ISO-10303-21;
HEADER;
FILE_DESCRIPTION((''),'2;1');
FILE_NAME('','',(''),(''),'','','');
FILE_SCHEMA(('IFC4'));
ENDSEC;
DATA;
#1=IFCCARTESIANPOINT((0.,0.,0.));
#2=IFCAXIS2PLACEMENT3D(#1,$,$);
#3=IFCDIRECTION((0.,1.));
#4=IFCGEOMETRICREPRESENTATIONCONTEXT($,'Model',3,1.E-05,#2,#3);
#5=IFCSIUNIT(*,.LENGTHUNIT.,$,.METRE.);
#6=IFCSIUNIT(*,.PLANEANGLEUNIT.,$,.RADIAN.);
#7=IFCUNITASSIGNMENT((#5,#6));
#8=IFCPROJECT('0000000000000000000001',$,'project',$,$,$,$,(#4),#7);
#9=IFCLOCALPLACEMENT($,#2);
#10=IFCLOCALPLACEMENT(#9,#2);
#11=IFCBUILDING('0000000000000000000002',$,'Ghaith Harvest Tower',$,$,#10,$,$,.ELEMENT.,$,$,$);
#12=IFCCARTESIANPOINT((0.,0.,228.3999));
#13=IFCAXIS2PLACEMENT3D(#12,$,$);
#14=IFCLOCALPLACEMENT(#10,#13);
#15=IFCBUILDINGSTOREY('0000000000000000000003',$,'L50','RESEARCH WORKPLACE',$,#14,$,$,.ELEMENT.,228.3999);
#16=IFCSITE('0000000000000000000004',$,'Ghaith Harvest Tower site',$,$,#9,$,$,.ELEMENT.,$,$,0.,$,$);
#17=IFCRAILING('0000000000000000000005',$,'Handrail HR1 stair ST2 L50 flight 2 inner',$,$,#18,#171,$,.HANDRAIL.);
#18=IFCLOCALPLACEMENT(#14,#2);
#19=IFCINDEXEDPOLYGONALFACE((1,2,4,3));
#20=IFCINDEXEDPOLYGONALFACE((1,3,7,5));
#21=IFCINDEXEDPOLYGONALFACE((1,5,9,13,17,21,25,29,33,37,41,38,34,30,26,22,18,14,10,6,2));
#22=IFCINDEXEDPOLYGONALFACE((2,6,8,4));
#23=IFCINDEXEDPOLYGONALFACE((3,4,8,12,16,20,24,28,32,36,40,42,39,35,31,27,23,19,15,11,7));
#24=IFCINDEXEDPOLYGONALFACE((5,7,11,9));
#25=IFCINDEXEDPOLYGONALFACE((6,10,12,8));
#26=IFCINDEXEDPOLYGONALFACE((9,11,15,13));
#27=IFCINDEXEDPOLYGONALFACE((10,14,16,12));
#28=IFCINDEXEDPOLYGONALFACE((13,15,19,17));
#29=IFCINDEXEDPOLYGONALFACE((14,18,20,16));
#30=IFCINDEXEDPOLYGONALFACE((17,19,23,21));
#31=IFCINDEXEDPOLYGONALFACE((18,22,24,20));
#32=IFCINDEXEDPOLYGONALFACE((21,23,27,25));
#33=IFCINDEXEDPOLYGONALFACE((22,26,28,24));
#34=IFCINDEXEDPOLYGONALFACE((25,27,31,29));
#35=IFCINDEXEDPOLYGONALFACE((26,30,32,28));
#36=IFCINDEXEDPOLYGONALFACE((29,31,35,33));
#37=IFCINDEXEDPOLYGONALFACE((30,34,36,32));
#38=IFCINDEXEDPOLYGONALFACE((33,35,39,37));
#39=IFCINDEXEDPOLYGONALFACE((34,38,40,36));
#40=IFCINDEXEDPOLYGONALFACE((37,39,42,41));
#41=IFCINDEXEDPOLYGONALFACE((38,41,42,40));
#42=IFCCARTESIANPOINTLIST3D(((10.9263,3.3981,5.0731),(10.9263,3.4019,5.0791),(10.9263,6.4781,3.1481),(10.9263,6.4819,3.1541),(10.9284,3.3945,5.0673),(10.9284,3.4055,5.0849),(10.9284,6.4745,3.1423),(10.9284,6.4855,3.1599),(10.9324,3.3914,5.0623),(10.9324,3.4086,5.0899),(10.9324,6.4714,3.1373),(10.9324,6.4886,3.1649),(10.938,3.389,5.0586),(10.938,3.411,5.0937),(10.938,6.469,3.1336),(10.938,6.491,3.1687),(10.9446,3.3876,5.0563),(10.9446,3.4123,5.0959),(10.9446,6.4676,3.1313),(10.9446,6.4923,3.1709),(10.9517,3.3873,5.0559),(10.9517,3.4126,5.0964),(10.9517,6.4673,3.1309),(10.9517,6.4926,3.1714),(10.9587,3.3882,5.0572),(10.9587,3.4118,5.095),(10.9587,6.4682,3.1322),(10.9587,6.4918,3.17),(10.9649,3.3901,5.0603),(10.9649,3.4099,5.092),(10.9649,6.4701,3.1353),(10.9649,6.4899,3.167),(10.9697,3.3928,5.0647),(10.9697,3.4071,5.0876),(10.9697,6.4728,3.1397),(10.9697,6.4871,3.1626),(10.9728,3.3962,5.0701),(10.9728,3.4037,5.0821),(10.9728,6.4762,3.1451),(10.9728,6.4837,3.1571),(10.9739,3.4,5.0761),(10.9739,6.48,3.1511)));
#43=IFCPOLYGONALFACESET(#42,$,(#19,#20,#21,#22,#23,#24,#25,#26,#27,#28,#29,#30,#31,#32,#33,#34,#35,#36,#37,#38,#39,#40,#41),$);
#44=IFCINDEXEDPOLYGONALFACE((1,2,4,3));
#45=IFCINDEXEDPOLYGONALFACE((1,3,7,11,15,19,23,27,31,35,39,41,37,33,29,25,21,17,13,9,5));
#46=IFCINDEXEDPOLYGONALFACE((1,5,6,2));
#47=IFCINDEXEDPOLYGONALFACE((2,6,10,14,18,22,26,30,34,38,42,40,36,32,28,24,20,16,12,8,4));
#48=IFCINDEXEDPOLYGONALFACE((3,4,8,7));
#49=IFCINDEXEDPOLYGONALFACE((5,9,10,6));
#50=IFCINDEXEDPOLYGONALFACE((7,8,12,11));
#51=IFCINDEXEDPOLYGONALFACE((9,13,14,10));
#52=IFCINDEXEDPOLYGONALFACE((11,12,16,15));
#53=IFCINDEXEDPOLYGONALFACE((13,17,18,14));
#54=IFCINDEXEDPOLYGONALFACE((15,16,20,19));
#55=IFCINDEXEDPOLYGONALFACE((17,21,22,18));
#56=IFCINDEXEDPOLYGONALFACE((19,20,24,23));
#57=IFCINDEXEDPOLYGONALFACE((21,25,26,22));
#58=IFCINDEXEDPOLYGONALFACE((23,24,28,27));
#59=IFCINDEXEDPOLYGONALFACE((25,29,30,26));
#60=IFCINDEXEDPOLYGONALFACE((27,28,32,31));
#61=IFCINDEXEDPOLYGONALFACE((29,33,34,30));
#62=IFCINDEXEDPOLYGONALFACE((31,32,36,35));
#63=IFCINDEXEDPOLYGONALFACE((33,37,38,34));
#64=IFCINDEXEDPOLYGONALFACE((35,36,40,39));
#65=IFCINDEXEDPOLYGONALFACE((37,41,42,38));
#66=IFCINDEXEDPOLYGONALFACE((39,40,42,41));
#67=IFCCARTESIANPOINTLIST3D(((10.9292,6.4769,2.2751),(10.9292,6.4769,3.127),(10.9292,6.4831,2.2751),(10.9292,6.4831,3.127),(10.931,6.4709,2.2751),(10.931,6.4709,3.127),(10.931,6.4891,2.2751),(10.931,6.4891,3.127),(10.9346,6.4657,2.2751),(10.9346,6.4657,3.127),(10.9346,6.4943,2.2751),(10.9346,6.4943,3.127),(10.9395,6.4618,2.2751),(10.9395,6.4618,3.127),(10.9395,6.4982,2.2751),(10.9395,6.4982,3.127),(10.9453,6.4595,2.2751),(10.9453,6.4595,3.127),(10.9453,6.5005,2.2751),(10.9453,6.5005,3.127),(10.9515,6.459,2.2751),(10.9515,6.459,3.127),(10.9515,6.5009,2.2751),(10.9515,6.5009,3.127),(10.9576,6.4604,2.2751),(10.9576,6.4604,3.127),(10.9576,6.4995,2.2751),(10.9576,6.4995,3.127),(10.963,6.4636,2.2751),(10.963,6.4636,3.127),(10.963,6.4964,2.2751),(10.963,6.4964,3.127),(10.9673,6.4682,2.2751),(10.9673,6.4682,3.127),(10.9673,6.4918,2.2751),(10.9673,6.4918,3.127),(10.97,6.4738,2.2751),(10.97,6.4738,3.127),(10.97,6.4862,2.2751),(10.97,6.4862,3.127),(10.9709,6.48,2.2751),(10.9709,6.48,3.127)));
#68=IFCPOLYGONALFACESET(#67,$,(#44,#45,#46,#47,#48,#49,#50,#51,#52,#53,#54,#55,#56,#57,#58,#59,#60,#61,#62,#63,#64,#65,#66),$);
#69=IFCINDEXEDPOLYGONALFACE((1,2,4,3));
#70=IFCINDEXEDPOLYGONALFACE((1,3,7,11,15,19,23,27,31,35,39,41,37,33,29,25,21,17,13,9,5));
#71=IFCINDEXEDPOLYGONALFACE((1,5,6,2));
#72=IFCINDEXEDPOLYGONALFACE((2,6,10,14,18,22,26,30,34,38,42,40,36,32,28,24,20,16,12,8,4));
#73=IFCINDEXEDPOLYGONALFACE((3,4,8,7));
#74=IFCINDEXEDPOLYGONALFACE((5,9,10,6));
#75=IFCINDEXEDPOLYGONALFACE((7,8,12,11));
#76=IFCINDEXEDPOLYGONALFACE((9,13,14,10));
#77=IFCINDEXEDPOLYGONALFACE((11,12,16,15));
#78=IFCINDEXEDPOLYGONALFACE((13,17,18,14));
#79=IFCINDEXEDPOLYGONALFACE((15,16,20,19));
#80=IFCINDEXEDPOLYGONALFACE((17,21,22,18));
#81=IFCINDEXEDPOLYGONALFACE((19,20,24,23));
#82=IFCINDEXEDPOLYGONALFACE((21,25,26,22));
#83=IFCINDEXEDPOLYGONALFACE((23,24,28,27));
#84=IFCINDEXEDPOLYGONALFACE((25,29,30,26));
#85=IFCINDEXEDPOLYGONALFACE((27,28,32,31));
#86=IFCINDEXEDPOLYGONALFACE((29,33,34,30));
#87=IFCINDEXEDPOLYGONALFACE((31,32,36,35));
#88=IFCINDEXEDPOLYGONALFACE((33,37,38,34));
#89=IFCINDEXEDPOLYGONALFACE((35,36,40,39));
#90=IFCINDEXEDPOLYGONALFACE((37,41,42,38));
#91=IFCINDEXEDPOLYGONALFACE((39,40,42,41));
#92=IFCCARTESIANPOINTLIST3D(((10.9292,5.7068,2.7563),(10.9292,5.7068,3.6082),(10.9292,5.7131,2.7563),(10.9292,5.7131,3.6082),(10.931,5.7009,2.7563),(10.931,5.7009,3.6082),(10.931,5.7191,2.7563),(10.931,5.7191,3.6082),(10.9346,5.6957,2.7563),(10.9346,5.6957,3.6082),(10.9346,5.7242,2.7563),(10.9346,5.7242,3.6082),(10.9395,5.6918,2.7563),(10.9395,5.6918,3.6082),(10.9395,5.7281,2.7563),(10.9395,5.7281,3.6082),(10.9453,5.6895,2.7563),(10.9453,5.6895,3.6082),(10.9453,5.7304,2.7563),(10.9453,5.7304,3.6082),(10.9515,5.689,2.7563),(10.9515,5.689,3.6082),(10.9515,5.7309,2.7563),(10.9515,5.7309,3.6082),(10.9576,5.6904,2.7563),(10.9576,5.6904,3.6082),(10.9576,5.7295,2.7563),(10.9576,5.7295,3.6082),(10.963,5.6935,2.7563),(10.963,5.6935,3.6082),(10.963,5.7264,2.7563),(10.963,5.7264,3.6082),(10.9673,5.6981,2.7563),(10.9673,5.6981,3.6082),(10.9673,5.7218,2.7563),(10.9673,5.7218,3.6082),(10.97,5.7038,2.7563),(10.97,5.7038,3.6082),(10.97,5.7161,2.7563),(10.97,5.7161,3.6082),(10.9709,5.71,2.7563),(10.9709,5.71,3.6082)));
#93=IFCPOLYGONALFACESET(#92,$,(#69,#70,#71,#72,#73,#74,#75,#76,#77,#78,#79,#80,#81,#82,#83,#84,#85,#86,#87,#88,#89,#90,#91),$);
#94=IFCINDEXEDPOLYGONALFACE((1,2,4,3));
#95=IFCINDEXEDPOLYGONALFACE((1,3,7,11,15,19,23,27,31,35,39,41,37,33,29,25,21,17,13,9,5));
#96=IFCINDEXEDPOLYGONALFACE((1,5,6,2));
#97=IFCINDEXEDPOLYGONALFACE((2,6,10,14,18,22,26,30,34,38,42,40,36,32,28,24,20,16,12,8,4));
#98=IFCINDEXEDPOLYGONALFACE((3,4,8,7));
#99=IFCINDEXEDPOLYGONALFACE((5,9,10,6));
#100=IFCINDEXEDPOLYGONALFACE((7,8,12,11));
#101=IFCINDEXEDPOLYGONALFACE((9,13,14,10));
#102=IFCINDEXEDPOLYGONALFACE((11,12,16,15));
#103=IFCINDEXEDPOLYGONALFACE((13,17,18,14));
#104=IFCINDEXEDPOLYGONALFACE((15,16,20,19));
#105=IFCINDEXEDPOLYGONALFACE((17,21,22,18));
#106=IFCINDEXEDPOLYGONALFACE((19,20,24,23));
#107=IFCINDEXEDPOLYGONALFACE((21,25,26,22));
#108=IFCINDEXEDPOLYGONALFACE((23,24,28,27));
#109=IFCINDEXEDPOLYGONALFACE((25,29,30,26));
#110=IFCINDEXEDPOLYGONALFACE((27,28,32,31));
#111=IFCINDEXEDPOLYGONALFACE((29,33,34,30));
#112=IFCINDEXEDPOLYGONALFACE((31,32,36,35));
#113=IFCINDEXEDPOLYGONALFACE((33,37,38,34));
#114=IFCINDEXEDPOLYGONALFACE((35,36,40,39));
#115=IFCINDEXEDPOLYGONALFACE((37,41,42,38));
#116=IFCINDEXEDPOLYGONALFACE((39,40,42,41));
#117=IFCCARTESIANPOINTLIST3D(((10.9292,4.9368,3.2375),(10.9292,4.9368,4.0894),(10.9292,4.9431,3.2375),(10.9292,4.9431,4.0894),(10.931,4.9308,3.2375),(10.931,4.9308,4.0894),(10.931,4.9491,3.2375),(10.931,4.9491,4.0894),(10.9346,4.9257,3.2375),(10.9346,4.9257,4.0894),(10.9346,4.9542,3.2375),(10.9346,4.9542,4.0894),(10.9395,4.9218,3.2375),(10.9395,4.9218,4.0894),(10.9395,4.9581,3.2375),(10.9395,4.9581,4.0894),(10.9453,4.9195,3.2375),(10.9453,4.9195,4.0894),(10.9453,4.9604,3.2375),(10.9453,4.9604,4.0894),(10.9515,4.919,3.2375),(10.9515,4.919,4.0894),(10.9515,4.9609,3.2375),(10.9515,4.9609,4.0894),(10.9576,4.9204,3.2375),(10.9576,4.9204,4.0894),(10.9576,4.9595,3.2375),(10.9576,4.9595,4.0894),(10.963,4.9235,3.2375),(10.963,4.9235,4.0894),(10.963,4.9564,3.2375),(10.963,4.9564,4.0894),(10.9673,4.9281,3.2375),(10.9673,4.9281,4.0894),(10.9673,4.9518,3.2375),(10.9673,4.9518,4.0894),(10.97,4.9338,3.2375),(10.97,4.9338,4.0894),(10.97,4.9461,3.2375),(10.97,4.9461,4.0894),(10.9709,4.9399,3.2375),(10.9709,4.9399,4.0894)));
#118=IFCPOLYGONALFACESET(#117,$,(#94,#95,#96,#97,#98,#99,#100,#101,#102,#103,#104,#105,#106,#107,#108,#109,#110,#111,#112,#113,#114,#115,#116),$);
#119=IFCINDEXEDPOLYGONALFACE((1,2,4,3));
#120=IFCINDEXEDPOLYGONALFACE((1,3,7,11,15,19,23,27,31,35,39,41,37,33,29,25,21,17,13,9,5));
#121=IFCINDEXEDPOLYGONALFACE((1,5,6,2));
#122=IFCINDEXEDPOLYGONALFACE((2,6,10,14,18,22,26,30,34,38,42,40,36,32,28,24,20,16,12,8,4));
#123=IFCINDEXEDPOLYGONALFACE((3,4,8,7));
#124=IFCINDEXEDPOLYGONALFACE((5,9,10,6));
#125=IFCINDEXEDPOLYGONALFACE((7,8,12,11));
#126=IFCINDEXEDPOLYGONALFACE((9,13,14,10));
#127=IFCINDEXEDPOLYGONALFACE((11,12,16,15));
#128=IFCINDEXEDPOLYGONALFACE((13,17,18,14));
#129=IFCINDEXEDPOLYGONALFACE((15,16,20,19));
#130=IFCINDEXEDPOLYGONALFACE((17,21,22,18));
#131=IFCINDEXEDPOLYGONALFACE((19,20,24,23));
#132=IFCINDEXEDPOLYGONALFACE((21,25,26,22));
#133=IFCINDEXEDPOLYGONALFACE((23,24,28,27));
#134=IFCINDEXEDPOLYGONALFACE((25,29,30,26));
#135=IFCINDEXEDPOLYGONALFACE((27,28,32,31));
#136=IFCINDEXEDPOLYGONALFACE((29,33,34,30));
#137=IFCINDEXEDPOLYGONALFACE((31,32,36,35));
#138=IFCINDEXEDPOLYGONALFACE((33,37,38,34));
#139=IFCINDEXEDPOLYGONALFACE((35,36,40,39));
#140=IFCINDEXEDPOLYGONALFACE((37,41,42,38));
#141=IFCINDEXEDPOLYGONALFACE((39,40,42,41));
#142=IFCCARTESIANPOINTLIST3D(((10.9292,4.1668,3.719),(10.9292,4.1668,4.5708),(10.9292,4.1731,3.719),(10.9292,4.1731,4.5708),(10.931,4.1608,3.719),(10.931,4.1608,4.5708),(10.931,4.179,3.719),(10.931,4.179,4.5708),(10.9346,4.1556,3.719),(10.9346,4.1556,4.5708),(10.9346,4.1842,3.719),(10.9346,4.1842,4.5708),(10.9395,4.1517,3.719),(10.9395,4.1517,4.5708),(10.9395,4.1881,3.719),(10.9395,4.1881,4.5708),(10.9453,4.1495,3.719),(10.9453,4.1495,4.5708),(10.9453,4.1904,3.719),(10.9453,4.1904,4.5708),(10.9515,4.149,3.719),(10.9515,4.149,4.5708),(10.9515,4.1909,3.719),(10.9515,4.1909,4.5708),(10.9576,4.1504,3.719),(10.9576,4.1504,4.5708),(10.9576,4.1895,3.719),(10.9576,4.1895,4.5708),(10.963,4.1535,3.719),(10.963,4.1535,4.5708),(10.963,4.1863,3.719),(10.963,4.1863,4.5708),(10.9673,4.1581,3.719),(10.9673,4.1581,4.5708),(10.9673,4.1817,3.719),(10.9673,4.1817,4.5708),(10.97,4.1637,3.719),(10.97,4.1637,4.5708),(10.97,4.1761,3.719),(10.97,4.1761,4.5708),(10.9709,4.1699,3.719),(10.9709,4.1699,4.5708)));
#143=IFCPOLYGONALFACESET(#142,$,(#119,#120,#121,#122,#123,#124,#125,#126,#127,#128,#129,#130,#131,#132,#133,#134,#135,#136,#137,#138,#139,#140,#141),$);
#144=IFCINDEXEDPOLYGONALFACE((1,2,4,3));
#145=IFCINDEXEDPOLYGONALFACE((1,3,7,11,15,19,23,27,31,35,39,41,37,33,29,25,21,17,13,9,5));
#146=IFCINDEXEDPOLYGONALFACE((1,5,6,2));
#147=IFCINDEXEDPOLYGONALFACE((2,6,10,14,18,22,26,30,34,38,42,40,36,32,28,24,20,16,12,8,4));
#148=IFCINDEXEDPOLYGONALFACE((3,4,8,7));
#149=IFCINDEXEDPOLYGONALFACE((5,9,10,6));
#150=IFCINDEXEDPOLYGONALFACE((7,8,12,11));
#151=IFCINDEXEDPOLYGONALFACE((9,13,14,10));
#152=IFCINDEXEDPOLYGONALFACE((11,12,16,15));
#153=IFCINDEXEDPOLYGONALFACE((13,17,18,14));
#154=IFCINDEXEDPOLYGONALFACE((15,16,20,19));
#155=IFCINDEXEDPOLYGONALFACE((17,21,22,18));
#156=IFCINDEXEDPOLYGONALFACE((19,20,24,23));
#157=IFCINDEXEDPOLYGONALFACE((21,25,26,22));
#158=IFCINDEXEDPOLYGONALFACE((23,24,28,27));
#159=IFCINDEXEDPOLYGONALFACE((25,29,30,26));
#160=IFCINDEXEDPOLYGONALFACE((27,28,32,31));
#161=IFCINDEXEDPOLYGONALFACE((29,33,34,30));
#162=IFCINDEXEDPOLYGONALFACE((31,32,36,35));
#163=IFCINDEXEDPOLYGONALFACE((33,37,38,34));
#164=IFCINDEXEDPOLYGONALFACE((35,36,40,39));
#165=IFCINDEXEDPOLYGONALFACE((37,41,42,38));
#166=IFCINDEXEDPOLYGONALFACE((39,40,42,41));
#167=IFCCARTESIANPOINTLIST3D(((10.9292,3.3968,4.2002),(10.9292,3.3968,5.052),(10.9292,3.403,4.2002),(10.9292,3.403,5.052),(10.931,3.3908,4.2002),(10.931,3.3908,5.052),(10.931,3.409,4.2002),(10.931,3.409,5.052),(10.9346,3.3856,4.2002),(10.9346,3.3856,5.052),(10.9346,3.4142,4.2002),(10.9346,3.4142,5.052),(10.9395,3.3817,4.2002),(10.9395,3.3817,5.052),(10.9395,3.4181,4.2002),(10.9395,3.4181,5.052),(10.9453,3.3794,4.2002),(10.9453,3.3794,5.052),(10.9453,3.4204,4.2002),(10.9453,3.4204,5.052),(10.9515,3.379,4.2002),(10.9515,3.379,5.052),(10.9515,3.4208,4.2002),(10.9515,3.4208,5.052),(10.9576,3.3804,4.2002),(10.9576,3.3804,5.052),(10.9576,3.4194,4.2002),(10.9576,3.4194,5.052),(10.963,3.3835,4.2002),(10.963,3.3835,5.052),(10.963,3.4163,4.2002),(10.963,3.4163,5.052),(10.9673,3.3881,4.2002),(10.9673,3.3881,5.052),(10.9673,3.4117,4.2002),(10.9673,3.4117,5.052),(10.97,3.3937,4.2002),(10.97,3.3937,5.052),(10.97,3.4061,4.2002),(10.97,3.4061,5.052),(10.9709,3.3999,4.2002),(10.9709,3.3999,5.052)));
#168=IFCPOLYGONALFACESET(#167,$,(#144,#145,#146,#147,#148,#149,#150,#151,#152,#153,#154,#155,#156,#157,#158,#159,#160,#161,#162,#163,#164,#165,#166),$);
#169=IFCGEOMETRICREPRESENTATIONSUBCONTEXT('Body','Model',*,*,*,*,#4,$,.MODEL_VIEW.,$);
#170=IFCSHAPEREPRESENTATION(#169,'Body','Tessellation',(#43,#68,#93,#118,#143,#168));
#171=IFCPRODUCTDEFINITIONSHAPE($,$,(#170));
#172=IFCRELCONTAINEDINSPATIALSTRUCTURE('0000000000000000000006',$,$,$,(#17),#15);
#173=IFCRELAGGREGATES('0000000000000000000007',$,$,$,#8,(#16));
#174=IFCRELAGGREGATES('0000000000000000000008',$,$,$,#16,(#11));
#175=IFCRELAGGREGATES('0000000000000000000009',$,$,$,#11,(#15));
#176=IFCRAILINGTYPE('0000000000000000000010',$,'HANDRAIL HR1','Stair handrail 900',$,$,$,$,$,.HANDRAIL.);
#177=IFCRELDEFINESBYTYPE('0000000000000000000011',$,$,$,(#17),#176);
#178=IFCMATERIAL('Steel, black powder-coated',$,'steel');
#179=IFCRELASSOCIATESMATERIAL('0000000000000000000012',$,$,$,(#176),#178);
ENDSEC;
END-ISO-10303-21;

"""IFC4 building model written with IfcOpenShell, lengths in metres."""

from ifc_helpers import new_model, si_unit, direction, frame, origin, origin_2d, place, context, subcontext, project, spatial, circle, extrude, material, type_object, element, save


model = new_model("IFC4")

# Units and contexts
model_context = context("Model", 3, precision=1e-05, world=origin(), true_north=direction((0.0, 1.0)))
body_context = subcontext(model_context, "Body", "Model", "MODEL_VIEW")
ifc_project = project(units=[si_unit("LENGTHUNIT", "METRE"), si_unit("PLANEANGLEUNIT", "RADIAN")], contexts=[model_context])

# Site, building, storey
site_placement = place(None, origin())
site = spatial("IfcSite", under=ifc_project, at=site_placement, Name="Ghaith Harvest Tower site", CompositionType="ELEMENT", RefElevation=0.0)
building_placement = place(site_placement, origin())
building = spatial("IfcBuilding", under=site, at=building_placement, Name="Ghaith Harvest Tower", CompositionType="ELEMENT")
storey_placement = place(building_placement, frame((0.0, 0.0, 228.3999)))
storey = spatial("IfcBuildingStorey", under=building, at=storey_placement, Name="L50", Description="RESEARCH WORKPLACE", CompositionType="ELEMENT", Elevation=228.3999)

# Railing
ifc_material_1 = material(Name="Steel, black powder-coated", Category="steel")
railing_type = type_object("IfcRailingType", Name="HANDRAIL HR1", Description="Stair handrail 900", PredefinedType="HANDRAIL", material=ifc_material_1)
railing_1_placement = place(storey_placement, frame((10.95, 6.48, 2.2751)))
element("IfcRailing", 1, at=railing_1_placement, inside=storey, type_object=railing_type, Name="Handrail HR1 stair ST2 L50 flight 2 inner", PredefinedType="HANDRAIL", context=body_context, shape_type="SweptSolid", body=[
    extrude(circle(Radius=0.0239, at=origin_2d()), frame((0.0, 0.0, 0.876), z_axis=(0.0, -0.847998, 0.529999), x_axis=(1.0, 0.0, 0.0)), (0.0, 0.0, 1.0), 3.6321),
    extrude(circle(Radius=0.021, at=origin_2d()), origin(), (0.0, 0.0, 1.0), 0.8518),
    extrude(circle(Radius=0.021, at=origin_2d()), frame((0.0, -0.77, 0.4812)), (0.0, 0.0, 1.0), 0.8518),
    extrude(circle(Radius=0.021, at=origin_2d()), frame((0.0, -1.54, 0.9624)), (0.0, 0.0, 1.0), 0.8518),
    extrude(circle(Radius=0.021, at=origin_2d()), frame((0.0, -2.3101, 1.4438)), (0.0, 0.0, 1.0), 0.8518),
    extrude(circle(Radius=0.021, at=origin_2d()), frame((0.0, -3.0801, 1.925)), (0.0, 0.0, 1.0), 0.8518),
])

save(model, "model.ifc")
